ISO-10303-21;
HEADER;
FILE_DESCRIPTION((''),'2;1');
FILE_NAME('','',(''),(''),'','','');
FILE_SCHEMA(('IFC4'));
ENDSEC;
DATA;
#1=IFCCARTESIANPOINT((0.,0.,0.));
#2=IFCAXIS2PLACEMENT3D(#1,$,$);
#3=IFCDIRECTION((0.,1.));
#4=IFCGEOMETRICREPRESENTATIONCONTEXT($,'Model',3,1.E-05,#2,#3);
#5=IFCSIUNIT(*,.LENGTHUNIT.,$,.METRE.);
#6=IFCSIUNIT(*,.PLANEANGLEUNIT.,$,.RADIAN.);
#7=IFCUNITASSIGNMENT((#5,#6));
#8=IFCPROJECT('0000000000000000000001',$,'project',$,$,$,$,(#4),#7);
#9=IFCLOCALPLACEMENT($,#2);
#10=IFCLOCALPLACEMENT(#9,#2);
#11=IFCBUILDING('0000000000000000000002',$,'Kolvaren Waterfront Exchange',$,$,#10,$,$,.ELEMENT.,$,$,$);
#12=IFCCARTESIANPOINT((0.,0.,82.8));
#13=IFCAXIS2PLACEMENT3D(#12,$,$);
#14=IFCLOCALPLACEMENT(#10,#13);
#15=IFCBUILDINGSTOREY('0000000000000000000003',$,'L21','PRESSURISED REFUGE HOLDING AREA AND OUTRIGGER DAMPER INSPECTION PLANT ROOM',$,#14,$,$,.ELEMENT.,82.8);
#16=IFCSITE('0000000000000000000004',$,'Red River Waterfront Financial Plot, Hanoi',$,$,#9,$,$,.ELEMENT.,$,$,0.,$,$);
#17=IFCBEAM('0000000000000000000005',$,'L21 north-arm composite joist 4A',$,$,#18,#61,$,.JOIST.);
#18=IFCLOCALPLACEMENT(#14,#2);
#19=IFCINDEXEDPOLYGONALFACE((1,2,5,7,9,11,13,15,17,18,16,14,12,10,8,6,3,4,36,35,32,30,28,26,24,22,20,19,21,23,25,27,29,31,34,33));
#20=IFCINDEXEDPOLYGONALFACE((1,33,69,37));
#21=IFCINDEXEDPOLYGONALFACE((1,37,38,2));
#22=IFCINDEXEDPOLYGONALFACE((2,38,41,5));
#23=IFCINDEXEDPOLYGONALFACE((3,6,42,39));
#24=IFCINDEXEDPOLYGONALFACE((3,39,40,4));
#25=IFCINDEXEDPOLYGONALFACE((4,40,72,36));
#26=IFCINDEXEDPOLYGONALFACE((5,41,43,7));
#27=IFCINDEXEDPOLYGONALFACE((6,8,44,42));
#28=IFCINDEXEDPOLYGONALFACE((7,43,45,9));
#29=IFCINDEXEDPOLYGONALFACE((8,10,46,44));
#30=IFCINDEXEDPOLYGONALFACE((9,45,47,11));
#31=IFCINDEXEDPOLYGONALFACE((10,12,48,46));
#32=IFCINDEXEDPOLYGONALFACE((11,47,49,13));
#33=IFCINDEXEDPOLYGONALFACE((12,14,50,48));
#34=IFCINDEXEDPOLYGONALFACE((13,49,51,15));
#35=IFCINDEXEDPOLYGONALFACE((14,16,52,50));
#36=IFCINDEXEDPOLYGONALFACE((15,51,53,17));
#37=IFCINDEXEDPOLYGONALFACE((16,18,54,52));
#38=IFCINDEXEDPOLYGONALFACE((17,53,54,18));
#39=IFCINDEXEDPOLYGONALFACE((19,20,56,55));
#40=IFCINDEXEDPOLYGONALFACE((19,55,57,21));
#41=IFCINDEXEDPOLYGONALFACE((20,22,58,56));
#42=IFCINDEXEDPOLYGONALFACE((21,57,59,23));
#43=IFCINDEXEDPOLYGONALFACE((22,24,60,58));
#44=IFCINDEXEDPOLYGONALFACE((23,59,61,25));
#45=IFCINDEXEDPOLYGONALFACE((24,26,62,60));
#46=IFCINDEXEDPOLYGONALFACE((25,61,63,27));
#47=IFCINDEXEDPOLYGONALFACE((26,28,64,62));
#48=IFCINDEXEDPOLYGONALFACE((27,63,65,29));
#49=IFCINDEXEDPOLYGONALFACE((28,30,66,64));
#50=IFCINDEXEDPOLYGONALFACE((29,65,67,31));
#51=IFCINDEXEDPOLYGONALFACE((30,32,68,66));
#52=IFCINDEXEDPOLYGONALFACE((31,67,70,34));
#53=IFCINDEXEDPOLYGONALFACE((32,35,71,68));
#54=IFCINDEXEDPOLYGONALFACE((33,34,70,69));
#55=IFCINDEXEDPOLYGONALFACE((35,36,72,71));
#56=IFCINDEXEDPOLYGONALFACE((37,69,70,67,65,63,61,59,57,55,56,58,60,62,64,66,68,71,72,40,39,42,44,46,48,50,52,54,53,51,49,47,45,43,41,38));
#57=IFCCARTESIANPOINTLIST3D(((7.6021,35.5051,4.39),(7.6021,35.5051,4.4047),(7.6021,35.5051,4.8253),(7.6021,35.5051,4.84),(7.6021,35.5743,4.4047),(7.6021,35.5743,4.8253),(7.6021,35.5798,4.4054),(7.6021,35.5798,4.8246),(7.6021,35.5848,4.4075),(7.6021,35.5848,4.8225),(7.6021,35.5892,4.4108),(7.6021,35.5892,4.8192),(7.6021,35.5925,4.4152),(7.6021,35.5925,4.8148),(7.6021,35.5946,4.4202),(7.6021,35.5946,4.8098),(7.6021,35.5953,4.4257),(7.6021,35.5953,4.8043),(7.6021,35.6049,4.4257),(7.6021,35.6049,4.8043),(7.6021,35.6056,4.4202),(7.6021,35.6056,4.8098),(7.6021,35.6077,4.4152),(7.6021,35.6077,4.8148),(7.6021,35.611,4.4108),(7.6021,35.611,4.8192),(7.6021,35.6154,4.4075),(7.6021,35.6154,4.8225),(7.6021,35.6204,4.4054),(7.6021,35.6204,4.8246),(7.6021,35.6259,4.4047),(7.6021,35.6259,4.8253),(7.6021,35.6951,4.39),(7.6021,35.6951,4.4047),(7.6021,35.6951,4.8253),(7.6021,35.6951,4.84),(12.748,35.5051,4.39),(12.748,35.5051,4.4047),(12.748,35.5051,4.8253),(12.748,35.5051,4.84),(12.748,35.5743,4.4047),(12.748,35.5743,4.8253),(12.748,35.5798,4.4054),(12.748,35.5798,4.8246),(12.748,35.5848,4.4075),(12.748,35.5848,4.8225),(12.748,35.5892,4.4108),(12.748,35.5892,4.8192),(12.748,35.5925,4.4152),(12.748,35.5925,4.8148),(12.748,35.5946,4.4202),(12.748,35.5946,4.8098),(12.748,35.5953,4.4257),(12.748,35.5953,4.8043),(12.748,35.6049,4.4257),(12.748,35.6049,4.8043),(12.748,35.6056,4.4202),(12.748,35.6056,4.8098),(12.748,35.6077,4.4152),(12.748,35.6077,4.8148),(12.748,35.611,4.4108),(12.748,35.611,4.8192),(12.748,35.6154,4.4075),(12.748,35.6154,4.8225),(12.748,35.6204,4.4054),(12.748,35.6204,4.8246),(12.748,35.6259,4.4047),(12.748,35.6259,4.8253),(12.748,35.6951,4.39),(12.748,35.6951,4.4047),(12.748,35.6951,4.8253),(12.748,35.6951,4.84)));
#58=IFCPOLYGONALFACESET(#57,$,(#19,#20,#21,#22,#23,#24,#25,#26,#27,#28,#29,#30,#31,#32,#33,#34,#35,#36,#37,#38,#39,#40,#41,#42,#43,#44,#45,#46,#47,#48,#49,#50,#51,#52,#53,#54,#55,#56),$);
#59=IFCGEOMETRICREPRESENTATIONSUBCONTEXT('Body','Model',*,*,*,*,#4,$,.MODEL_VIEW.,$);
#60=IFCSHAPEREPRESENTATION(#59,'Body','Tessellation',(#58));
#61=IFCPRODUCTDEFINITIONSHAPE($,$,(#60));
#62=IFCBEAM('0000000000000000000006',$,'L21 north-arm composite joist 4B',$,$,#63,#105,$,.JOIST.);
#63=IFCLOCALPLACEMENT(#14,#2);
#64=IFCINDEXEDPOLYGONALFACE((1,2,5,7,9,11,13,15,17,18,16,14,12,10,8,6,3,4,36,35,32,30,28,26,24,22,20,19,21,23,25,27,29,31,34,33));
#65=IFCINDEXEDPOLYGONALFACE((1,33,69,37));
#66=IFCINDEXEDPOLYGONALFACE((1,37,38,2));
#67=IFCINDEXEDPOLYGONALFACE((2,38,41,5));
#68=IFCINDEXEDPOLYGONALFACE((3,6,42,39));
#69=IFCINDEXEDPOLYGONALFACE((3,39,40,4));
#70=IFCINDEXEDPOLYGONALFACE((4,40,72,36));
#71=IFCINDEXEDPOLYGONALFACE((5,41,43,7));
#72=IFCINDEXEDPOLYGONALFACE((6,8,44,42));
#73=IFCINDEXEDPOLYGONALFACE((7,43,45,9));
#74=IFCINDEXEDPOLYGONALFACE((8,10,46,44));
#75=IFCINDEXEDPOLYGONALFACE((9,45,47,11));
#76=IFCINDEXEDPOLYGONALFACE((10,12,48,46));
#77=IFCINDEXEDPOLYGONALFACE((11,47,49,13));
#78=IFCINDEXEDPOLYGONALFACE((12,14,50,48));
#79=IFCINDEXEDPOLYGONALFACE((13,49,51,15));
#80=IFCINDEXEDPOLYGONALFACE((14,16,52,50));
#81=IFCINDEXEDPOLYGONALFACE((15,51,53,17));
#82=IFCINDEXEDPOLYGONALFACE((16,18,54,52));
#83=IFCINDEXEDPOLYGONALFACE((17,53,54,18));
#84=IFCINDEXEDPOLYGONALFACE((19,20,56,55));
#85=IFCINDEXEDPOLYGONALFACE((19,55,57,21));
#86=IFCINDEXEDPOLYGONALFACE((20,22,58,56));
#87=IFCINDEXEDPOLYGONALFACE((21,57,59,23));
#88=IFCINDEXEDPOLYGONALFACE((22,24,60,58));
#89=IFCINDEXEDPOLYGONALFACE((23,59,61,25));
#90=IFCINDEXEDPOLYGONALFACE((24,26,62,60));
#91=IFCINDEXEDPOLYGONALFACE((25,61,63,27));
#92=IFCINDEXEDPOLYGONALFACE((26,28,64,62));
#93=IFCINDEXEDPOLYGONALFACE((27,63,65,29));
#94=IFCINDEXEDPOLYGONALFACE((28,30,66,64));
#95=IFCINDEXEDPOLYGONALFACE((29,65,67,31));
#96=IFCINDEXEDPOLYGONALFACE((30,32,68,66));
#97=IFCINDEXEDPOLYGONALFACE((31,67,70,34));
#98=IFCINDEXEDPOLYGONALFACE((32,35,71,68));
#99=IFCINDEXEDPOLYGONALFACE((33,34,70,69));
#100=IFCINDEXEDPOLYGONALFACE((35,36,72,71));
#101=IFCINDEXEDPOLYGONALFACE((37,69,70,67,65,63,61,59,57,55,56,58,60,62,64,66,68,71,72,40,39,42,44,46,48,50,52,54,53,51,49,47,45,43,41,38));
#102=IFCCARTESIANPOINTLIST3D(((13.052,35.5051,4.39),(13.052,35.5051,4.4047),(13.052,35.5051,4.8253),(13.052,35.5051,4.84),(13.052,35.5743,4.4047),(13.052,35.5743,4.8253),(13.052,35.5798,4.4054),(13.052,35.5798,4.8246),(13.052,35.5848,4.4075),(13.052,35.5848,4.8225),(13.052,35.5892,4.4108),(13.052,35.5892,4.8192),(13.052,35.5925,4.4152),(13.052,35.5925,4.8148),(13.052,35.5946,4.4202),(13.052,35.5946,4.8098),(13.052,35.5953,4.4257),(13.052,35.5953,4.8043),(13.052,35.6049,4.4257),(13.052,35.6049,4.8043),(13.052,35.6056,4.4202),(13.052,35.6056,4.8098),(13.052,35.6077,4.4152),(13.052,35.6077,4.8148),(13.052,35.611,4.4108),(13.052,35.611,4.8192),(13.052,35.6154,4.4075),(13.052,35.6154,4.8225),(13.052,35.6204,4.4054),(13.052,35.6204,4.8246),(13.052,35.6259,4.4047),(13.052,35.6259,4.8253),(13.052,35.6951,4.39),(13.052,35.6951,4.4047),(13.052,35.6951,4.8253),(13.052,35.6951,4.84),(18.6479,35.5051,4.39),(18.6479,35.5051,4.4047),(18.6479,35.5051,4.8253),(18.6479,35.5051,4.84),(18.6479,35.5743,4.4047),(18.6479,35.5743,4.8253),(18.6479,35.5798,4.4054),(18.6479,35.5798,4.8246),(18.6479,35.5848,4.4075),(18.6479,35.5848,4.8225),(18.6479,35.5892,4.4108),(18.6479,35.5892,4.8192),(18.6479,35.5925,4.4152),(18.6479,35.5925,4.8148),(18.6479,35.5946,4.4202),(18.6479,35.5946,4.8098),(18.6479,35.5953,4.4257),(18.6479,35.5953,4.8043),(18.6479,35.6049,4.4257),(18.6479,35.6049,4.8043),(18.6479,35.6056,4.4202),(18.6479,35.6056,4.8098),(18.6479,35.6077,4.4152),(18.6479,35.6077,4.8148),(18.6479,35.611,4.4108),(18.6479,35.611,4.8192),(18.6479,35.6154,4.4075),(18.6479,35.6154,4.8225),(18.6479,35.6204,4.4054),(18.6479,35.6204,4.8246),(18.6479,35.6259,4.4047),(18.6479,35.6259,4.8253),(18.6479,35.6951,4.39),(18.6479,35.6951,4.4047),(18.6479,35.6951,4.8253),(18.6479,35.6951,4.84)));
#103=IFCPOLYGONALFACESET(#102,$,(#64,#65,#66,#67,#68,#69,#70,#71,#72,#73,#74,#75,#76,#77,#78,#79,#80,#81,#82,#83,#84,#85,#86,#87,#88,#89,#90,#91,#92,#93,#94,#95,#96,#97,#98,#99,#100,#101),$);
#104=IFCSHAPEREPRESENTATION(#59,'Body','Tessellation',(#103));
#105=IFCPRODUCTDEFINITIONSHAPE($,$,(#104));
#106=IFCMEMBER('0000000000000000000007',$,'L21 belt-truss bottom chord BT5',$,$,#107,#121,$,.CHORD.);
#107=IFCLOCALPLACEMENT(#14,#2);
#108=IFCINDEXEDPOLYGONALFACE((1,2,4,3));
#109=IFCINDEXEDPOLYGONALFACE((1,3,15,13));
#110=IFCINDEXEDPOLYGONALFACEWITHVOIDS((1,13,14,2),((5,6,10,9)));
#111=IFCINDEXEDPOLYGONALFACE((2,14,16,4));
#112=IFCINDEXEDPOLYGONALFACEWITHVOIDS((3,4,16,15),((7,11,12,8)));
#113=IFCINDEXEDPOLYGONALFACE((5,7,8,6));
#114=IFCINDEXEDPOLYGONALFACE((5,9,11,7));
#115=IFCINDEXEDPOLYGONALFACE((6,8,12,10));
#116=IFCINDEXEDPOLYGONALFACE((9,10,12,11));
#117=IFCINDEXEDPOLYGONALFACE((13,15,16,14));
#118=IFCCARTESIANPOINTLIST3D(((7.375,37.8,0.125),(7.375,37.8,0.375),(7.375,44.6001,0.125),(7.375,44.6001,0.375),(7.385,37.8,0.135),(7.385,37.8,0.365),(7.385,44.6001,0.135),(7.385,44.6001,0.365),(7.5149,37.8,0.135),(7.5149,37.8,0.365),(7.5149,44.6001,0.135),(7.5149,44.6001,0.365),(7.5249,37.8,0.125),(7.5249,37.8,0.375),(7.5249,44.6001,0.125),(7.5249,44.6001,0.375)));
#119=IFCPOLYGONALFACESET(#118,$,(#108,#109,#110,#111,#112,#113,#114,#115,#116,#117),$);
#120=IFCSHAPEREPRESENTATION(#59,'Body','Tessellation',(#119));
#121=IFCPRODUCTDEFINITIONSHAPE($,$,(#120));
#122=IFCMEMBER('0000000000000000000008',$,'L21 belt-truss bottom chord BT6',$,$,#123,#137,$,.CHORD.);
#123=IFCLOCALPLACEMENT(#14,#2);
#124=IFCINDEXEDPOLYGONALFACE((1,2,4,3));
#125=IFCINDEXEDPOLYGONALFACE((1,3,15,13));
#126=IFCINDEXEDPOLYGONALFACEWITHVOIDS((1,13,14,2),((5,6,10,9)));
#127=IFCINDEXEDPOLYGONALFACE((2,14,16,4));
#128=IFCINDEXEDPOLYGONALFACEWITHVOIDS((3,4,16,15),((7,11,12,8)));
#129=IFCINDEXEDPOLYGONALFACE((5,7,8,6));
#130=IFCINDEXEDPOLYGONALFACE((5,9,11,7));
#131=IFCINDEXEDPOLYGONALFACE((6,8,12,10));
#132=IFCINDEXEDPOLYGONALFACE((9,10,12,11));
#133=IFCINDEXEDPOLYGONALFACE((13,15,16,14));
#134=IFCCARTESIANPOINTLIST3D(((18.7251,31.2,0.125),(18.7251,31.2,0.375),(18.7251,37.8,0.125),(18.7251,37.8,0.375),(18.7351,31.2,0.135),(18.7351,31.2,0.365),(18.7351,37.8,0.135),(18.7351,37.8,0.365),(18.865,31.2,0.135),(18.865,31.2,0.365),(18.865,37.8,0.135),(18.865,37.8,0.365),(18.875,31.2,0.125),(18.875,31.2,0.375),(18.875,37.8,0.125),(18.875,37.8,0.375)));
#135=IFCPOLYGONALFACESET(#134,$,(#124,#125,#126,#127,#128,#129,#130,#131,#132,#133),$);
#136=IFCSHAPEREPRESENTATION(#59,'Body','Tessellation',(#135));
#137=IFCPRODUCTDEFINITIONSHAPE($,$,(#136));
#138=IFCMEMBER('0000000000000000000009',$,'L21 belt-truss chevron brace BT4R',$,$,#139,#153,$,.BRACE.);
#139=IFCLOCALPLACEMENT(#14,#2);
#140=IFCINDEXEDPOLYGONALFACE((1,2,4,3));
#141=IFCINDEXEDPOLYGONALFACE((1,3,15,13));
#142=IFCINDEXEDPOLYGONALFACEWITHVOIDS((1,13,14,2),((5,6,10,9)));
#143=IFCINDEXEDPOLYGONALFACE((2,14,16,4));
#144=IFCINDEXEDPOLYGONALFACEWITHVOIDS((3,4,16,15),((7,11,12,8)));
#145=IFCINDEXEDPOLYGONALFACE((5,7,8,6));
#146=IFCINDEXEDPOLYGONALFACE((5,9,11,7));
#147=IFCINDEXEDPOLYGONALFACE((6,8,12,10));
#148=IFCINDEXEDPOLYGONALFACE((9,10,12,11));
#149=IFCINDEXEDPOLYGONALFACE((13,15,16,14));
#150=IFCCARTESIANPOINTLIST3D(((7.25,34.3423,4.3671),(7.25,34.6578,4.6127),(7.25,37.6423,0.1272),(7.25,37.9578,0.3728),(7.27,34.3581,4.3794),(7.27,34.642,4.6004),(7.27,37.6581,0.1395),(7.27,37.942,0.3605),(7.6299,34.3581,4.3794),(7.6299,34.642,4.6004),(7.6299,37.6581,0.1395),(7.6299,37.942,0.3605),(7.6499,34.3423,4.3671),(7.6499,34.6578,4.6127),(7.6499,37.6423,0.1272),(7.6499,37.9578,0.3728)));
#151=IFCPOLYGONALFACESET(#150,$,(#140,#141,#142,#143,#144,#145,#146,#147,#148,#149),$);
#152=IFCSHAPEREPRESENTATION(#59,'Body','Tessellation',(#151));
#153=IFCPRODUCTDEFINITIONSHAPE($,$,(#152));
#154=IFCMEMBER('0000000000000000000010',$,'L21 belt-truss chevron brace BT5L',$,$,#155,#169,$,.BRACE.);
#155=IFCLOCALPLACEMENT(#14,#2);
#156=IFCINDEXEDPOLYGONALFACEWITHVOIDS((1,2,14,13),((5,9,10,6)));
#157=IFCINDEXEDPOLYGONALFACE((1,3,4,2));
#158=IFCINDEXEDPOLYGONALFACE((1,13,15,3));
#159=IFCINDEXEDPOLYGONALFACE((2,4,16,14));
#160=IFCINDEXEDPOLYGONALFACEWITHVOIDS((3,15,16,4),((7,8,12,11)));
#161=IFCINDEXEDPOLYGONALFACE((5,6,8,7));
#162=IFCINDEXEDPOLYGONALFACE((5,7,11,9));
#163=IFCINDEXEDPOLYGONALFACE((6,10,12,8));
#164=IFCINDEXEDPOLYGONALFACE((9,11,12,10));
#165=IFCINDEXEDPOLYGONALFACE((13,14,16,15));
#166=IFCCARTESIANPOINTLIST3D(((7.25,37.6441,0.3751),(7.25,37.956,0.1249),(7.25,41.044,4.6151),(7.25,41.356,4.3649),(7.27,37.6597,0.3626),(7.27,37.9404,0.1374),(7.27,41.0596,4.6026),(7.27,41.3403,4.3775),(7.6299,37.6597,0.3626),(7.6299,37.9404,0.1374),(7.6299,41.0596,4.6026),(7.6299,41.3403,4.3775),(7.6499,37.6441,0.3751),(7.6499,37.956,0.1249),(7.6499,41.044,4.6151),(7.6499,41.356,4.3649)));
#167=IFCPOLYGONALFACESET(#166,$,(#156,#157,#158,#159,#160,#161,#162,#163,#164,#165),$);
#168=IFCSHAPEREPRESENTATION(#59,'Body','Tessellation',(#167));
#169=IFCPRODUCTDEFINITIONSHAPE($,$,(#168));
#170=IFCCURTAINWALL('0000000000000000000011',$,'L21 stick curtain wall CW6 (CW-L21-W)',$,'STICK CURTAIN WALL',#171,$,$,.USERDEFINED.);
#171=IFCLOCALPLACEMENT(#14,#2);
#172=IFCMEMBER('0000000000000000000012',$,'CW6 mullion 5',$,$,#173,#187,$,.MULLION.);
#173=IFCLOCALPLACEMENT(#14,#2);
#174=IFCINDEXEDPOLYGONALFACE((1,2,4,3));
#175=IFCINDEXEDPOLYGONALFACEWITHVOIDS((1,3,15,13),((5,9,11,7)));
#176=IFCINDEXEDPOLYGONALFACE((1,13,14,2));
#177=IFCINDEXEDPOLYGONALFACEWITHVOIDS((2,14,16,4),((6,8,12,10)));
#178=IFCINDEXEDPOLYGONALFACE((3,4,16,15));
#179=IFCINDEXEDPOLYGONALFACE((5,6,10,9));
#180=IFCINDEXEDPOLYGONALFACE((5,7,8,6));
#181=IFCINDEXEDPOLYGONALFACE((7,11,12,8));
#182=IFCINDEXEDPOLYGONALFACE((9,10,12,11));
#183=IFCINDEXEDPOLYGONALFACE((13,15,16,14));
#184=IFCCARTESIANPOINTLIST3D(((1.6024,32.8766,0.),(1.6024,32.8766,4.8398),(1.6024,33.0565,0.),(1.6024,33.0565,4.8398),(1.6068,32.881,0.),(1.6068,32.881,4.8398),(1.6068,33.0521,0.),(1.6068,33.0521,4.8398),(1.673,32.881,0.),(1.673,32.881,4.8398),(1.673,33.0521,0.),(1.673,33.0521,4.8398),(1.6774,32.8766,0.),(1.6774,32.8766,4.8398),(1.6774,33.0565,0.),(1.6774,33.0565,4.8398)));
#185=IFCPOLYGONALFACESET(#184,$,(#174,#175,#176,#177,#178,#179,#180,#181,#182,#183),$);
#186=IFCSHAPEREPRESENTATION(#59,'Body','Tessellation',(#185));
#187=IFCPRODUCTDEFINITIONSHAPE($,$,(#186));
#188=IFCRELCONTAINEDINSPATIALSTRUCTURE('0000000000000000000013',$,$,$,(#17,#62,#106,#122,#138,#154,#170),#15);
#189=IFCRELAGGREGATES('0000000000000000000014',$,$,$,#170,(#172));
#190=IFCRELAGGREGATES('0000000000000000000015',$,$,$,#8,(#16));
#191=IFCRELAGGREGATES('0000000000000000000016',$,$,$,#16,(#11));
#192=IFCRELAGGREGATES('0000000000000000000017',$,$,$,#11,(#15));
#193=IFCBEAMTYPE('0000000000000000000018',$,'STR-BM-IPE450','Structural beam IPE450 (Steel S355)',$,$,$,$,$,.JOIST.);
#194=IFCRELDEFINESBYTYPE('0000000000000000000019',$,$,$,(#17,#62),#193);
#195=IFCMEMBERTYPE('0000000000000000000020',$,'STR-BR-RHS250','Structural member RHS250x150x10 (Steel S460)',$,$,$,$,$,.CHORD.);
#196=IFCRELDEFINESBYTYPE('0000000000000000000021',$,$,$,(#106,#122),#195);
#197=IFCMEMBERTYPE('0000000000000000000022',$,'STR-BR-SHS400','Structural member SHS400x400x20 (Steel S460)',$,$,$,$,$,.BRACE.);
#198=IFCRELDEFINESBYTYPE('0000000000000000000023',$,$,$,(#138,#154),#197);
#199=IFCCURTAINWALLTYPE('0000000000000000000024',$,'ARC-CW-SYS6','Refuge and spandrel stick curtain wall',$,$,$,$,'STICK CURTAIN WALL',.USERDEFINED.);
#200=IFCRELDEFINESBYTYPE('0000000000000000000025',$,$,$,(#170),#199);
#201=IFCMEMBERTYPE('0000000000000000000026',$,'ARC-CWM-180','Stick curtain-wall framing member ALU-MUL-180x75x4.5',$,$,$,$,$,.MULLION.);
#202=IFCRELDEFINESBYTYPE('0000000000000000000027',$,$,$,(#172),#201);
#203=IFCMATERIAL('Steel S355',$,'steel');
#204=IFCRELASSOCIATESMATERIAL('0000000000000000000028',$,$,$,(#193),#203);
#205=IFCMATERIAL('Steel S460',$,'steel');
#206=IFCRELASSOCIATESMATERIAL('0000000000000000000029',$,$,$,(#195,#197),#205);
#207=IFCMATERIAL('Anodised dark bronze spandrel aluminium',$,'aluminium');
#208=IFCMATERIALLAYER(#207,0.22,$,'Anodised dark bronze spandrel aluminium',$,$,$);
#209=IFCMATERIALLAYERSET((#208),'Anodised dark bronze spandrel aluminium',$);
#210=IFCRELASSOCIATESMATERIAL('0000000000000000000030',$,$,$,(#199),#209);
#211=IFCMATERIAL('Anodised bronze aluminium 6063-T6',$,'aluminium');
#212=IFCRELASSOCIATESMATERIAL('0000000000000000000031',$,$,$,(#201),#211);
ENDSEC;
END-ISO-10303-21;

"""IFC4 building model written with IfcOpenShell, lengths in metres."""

from ifc_helpers import new_model, si_unit, direction, frame, origin, origin_with_axes, origin_2d, place, context, subcontext, project, spatial, hollow_rectangle, i_section, extrude, source, transform, mapped, material, layer, layer_set, material_profile, profile_set, type_object, element, aggregate, save


model = new_model("IFC4")

# Units and contexts
model_context = context("Model", 3, precision=1e-05, world=origin(), true_north=direction((0.0, 1.0)))
body_context = subcontext(model_context, "Body", "Model", "MODEL_VIEW")
ifc_project = project(units=[si_unit("LENGTHUNIT", "METRE"), si_unit("PLANEANGLEUNIT", "RADIAN")], contexts=[model_context])

# Site, building, storey
site_placement = place(None, origin())
site = spatial("IfcSite", under=ifc_project, at=site_placement, Name="Red River Waterfront Financial Plot, Hanoi", CompositionType="ELEMENT", RefElevation=0.0)
building_placement = place(site_placement, origin())
building = spatial("IfcBuilding", under=site, at=building_placement, Name="Kolvaren Waterfront Exchange", CompositionType="ELEMENT")
storey_placement = place(building_placement, frame((0.0, 0.0, 82.8)))
storey = spatial("IfcBuildingStorey", under=building, at=storey_placement, Name="L21", Description="PRESSURISED REFUGE HOLDING AREA AND OUTRIGGER DAMPER INSPECTION PLANT ROOM", CompositionType="ELEMENT", Elevation=82.8)

# Beams
ifc_material_1 = material(Name="Steel S355", Category="steel")
ifc_material_profile_1 = material_profile(ifc_material_1, i_section(OverallWidth=0.1899, OverallDepth=0.45, WebThickness=0.0095, FlangeThickness=0.0146, FilletRadius=0.021, at=origin_2d()), Name="IPE450")
ifc_profile_set_1 = profile_set([ifc_material_profile_1], Name="Steel S355")
beam_type_1 = type_object("IfcBeamType", Name="STR-BM-IPE450", Description="Structural beam IPE450 (Steel S355)", PredefinedType="JOIST", material=ifc_profile_set_1)
beam_1_placement = place(storey_placement, frame((7.6021, 35.6001, 4.615), z_axis=(1.0, 0.0, 0.0), x_axis=(0.0, 1.0, 0.0)))
element("IfcBeam", 1, at=beam_1_placement, inside=storey, type_object=beam_type_1, Name="L21 north-arm composite joist 4A", PredefinedType="JOIST", context=body_context, shape_type="SweptSolid", body=[
    extrude(i_section(OverallWidth=0.1899, OverallDepth=0.45, WebThickness=0.0095, FlangeThickness=0.0146, FilletRadius=0.021, at=origin_2d()), origin(), (0.0, 0.0, 1.0), 5.146),
])
beam_2_placement = place(storey_placement, frame((13.052, 35.6001, 4.615), z_axis=(1.0, 0.0, 0.0), x_axis=(0.0, 1.0, 0.0)))
element("IfcBeam", 2, at=beam_2_placement, inside=storey, type_object=beam_type_1, Name="L21 north-arm composite joist 4B", PredefinedType="JOIST", context=body_context, shape_type="SweptSolid", body=[
    extrude(i_section(OverallWidth=0.1899, OverallDepth=0.45, WebThickness=0.0095, FlangeThickness=0.0146, FilletRadius=0.021, at=origin_2d()), origin(), (0.0, 0.0, 1.0), 5.5959),
])

# Members
ifc_material_2 = material(Name="Steel S460", Category="steel")
ifc_material_profile_2 = material_profile(ifc_material_2, hollow_rectangle(XDim=0.1499, YDim=0.25, WallThickness=0.01, at=origin_2d()), Name="RHS250x150x10")
ifc_profile_set_2 = profile_set([ifc_material_profile_2], Name="Steel S460")
member_type_1 = type_object("IfcMemberType", Name="STR-BR-RHS250", Description="Structural member RHS250x150x10 (Steel S460)", PredefinedType="CHORD", material=ifc_profile_set_2)
member_1_placement = place(storey_placement, frame((7.45, 37.8, 0.25), z_axis=(0.0, 1.0, 0.0), x_axis=(-1.0, 0.0, 0.0)))
element("IfcMember", 3, at=member_1_placement, inside=storey, type_object=member_type_1, Name="L21 belt-truss bottom chord BT5", PredefinedType="CHORD", context=body_context, shape_type="SweptSolid", body=[
    extrude(hollow_rectangle(XDim=0.1499, YDim=0.25, WallThickness=0.01, at=origin_2d()), origin(), (0.0, 0.0, 1.0), 6.8),
])
member_2_placement = place(storey_placement, frame((18.8, 31.2, 0.25), z_axis=(0.0, 1.0, 0.0), x_axis=(-1.0, 0.0, 0.0)))
element("IfcMember", 4, at=member_2_placement, inside=storey, type_object=member_type_1, Name="L21 belt-truss bottom chord BT6", PredefinedType="CHORD", context=body_context, shape_type="SweptSolid", body=[
    extrude(hollow_rectangle(XDim=0.1499, YDim=0.25, WallThickness=0.01, at=origin_2d()), origin(), (0.0, 0.0, 1.0), 6.6001),
])
ifc_material_profile_3 = material_profile(ifc_material_2, hollow_rectangle(XDim=0.3999, YDim=0.3999, WallThickness=0.02, at=origin_2d()), Name="SHS400x400x20")
ifc_profile_set_3 = profile_set([ifc_material_profile_3], Name="Steel S460")
member_type_2 = type_object("IfcMemberType", Name="STR-BR-SHS400", Description="Structural member SHS400x400x20 (Steel S460)", PredefinedType="BRACE", material=ifc_profile_set_3)
member_3_placement = place(storey_placement, frame((7.45, 37.8, 0.25), z_axis=(0.0, -0.614205, 0.789147), x_axis=(1.0, 0.0, 0.0)))
element("IfcMember", 5, at=member_3_placement, inside=storey, type_object=member_type_2, Name="L21 belt-truss chevron brace BT4R", PredefinedType="BRACE", context=body_context, shape_type="SweptSolid", body=[
    extrude(hollow_rectangle(XDim=0.3999, YDim=0.3999, WallThickness=0.02, at=origin_2d()), origin(), (0.0, 0.0, 1.0), 5.3728),
])
member_4_placement = place(storey_placement, frame((7.45, 37.8, 0.25), z_axis=(0.0, 0.625582, 0.780158), x_axis=(-1.0, 0.0, 0.0)))
element("IfcMember", 6, at=member_4_placement, inside=storey, type_object=member_type_2, Name="L21 belt-truss chevron brace BT5L", PredefinedType="BRACE", context=body_context, shape_type="SweptSolid", body=[
    extrude(hollow_rectangle(XDim=0.3999, YDim=0.3999, WallThickness=0.02, at=origin_2d()), origin(), (0.0, 0.0, 1.0), 5.4348),
])

# Curtain wall, member
ifc_material_3 = material(Name="Anodised dark bronze spandrel aluminium", Category="aluminium")
ifc_layer_1 = layer(ifc_material_3, 0.22, Name="Anodised dark bronze spandrel aluminium")
ifc_layer_set_1 = layer_set([ifc_layer_1], Name="Anodised dark bronze spandrel aluminium")
curtain_wall_type = type_object("IfcCurtainWallType", Name="ARC-CW-SYS6", Description="Refuge and spandrel stick curtain wall", ElementType="STICK CURTAIN WALL", PredefinedType="USERDEFINED", material=ifc_layer_set_1)
curtain_wall_placement = place(storey_placement, origin())
curtain_wall = element("IfcCurtainWall", 7, at=curtain_wall_placement, inside=storey, type_object=curtain_wall_type, Name="L21 stick curtain wall CW6 (CW-L21-W)", ObjectType="STICK CURTAIN WALL", PredefinedType="USERDEFINED")
ifc_material_4 = material(Name="Anodised bronze aluminium 6063-T6", Category="aluminium")
ifc_material_profile_4 = material_profile(ifc_material_4, hollow_rectangle(XDim=0.075, YDim=0.1799, WallThickness=0.0044, at=origin_2d()), Name="ALU-MUL-180x75x4.5")
ifc_profile_set_4 = profile_set([ifc_material_profile_4], Name="Anodised bronze aluminium 6063-T6")
member_type_3 = type_object("IfcMemberType", Name="ARC-CWM-180", Description="Stick curtain-wall framing member ALU-MUL-180x75x4.5", PredefinedType="MULLION", material=ifc_profile_set_4)
shared_shape_1 = source(origin_with_axes(), body_context, "Body", "SweptSolid", [
    extrude(hollow_rectangle(XDim=0.075, YDim=0.1799, WallThickness=0.0044, at=origin_2d()), origin(), (0.0, 0.0, 1.0), 4.8398),
])
member_5_placement = place(storey_placement, frame((1.6399, 32.9666, 0.0), z_axis=(0.0, 0.0, 1.0), x_axis=(-1.0, 0.0, 0.0)))
member_5 = element("IfcMember", 8, at=member_5_placement, type_object=member_type_3, Name="CW6 mullion 5", PredefinedType="MULLION", context=body_context, shape_type="MappedRepresentation", body=[
    mapped(shared_shape_1, transform((0.0, 0.0, 0.0), x_axis=(1.0, 0.0, 0.0), y_axis=(0.0, 1.0, 0.0), z_axis=(0.0, 0.0, 1.0), scale=1.0)),
])

aggregate(curtain_wall, [member_5])

save(model, "model.ifc")
